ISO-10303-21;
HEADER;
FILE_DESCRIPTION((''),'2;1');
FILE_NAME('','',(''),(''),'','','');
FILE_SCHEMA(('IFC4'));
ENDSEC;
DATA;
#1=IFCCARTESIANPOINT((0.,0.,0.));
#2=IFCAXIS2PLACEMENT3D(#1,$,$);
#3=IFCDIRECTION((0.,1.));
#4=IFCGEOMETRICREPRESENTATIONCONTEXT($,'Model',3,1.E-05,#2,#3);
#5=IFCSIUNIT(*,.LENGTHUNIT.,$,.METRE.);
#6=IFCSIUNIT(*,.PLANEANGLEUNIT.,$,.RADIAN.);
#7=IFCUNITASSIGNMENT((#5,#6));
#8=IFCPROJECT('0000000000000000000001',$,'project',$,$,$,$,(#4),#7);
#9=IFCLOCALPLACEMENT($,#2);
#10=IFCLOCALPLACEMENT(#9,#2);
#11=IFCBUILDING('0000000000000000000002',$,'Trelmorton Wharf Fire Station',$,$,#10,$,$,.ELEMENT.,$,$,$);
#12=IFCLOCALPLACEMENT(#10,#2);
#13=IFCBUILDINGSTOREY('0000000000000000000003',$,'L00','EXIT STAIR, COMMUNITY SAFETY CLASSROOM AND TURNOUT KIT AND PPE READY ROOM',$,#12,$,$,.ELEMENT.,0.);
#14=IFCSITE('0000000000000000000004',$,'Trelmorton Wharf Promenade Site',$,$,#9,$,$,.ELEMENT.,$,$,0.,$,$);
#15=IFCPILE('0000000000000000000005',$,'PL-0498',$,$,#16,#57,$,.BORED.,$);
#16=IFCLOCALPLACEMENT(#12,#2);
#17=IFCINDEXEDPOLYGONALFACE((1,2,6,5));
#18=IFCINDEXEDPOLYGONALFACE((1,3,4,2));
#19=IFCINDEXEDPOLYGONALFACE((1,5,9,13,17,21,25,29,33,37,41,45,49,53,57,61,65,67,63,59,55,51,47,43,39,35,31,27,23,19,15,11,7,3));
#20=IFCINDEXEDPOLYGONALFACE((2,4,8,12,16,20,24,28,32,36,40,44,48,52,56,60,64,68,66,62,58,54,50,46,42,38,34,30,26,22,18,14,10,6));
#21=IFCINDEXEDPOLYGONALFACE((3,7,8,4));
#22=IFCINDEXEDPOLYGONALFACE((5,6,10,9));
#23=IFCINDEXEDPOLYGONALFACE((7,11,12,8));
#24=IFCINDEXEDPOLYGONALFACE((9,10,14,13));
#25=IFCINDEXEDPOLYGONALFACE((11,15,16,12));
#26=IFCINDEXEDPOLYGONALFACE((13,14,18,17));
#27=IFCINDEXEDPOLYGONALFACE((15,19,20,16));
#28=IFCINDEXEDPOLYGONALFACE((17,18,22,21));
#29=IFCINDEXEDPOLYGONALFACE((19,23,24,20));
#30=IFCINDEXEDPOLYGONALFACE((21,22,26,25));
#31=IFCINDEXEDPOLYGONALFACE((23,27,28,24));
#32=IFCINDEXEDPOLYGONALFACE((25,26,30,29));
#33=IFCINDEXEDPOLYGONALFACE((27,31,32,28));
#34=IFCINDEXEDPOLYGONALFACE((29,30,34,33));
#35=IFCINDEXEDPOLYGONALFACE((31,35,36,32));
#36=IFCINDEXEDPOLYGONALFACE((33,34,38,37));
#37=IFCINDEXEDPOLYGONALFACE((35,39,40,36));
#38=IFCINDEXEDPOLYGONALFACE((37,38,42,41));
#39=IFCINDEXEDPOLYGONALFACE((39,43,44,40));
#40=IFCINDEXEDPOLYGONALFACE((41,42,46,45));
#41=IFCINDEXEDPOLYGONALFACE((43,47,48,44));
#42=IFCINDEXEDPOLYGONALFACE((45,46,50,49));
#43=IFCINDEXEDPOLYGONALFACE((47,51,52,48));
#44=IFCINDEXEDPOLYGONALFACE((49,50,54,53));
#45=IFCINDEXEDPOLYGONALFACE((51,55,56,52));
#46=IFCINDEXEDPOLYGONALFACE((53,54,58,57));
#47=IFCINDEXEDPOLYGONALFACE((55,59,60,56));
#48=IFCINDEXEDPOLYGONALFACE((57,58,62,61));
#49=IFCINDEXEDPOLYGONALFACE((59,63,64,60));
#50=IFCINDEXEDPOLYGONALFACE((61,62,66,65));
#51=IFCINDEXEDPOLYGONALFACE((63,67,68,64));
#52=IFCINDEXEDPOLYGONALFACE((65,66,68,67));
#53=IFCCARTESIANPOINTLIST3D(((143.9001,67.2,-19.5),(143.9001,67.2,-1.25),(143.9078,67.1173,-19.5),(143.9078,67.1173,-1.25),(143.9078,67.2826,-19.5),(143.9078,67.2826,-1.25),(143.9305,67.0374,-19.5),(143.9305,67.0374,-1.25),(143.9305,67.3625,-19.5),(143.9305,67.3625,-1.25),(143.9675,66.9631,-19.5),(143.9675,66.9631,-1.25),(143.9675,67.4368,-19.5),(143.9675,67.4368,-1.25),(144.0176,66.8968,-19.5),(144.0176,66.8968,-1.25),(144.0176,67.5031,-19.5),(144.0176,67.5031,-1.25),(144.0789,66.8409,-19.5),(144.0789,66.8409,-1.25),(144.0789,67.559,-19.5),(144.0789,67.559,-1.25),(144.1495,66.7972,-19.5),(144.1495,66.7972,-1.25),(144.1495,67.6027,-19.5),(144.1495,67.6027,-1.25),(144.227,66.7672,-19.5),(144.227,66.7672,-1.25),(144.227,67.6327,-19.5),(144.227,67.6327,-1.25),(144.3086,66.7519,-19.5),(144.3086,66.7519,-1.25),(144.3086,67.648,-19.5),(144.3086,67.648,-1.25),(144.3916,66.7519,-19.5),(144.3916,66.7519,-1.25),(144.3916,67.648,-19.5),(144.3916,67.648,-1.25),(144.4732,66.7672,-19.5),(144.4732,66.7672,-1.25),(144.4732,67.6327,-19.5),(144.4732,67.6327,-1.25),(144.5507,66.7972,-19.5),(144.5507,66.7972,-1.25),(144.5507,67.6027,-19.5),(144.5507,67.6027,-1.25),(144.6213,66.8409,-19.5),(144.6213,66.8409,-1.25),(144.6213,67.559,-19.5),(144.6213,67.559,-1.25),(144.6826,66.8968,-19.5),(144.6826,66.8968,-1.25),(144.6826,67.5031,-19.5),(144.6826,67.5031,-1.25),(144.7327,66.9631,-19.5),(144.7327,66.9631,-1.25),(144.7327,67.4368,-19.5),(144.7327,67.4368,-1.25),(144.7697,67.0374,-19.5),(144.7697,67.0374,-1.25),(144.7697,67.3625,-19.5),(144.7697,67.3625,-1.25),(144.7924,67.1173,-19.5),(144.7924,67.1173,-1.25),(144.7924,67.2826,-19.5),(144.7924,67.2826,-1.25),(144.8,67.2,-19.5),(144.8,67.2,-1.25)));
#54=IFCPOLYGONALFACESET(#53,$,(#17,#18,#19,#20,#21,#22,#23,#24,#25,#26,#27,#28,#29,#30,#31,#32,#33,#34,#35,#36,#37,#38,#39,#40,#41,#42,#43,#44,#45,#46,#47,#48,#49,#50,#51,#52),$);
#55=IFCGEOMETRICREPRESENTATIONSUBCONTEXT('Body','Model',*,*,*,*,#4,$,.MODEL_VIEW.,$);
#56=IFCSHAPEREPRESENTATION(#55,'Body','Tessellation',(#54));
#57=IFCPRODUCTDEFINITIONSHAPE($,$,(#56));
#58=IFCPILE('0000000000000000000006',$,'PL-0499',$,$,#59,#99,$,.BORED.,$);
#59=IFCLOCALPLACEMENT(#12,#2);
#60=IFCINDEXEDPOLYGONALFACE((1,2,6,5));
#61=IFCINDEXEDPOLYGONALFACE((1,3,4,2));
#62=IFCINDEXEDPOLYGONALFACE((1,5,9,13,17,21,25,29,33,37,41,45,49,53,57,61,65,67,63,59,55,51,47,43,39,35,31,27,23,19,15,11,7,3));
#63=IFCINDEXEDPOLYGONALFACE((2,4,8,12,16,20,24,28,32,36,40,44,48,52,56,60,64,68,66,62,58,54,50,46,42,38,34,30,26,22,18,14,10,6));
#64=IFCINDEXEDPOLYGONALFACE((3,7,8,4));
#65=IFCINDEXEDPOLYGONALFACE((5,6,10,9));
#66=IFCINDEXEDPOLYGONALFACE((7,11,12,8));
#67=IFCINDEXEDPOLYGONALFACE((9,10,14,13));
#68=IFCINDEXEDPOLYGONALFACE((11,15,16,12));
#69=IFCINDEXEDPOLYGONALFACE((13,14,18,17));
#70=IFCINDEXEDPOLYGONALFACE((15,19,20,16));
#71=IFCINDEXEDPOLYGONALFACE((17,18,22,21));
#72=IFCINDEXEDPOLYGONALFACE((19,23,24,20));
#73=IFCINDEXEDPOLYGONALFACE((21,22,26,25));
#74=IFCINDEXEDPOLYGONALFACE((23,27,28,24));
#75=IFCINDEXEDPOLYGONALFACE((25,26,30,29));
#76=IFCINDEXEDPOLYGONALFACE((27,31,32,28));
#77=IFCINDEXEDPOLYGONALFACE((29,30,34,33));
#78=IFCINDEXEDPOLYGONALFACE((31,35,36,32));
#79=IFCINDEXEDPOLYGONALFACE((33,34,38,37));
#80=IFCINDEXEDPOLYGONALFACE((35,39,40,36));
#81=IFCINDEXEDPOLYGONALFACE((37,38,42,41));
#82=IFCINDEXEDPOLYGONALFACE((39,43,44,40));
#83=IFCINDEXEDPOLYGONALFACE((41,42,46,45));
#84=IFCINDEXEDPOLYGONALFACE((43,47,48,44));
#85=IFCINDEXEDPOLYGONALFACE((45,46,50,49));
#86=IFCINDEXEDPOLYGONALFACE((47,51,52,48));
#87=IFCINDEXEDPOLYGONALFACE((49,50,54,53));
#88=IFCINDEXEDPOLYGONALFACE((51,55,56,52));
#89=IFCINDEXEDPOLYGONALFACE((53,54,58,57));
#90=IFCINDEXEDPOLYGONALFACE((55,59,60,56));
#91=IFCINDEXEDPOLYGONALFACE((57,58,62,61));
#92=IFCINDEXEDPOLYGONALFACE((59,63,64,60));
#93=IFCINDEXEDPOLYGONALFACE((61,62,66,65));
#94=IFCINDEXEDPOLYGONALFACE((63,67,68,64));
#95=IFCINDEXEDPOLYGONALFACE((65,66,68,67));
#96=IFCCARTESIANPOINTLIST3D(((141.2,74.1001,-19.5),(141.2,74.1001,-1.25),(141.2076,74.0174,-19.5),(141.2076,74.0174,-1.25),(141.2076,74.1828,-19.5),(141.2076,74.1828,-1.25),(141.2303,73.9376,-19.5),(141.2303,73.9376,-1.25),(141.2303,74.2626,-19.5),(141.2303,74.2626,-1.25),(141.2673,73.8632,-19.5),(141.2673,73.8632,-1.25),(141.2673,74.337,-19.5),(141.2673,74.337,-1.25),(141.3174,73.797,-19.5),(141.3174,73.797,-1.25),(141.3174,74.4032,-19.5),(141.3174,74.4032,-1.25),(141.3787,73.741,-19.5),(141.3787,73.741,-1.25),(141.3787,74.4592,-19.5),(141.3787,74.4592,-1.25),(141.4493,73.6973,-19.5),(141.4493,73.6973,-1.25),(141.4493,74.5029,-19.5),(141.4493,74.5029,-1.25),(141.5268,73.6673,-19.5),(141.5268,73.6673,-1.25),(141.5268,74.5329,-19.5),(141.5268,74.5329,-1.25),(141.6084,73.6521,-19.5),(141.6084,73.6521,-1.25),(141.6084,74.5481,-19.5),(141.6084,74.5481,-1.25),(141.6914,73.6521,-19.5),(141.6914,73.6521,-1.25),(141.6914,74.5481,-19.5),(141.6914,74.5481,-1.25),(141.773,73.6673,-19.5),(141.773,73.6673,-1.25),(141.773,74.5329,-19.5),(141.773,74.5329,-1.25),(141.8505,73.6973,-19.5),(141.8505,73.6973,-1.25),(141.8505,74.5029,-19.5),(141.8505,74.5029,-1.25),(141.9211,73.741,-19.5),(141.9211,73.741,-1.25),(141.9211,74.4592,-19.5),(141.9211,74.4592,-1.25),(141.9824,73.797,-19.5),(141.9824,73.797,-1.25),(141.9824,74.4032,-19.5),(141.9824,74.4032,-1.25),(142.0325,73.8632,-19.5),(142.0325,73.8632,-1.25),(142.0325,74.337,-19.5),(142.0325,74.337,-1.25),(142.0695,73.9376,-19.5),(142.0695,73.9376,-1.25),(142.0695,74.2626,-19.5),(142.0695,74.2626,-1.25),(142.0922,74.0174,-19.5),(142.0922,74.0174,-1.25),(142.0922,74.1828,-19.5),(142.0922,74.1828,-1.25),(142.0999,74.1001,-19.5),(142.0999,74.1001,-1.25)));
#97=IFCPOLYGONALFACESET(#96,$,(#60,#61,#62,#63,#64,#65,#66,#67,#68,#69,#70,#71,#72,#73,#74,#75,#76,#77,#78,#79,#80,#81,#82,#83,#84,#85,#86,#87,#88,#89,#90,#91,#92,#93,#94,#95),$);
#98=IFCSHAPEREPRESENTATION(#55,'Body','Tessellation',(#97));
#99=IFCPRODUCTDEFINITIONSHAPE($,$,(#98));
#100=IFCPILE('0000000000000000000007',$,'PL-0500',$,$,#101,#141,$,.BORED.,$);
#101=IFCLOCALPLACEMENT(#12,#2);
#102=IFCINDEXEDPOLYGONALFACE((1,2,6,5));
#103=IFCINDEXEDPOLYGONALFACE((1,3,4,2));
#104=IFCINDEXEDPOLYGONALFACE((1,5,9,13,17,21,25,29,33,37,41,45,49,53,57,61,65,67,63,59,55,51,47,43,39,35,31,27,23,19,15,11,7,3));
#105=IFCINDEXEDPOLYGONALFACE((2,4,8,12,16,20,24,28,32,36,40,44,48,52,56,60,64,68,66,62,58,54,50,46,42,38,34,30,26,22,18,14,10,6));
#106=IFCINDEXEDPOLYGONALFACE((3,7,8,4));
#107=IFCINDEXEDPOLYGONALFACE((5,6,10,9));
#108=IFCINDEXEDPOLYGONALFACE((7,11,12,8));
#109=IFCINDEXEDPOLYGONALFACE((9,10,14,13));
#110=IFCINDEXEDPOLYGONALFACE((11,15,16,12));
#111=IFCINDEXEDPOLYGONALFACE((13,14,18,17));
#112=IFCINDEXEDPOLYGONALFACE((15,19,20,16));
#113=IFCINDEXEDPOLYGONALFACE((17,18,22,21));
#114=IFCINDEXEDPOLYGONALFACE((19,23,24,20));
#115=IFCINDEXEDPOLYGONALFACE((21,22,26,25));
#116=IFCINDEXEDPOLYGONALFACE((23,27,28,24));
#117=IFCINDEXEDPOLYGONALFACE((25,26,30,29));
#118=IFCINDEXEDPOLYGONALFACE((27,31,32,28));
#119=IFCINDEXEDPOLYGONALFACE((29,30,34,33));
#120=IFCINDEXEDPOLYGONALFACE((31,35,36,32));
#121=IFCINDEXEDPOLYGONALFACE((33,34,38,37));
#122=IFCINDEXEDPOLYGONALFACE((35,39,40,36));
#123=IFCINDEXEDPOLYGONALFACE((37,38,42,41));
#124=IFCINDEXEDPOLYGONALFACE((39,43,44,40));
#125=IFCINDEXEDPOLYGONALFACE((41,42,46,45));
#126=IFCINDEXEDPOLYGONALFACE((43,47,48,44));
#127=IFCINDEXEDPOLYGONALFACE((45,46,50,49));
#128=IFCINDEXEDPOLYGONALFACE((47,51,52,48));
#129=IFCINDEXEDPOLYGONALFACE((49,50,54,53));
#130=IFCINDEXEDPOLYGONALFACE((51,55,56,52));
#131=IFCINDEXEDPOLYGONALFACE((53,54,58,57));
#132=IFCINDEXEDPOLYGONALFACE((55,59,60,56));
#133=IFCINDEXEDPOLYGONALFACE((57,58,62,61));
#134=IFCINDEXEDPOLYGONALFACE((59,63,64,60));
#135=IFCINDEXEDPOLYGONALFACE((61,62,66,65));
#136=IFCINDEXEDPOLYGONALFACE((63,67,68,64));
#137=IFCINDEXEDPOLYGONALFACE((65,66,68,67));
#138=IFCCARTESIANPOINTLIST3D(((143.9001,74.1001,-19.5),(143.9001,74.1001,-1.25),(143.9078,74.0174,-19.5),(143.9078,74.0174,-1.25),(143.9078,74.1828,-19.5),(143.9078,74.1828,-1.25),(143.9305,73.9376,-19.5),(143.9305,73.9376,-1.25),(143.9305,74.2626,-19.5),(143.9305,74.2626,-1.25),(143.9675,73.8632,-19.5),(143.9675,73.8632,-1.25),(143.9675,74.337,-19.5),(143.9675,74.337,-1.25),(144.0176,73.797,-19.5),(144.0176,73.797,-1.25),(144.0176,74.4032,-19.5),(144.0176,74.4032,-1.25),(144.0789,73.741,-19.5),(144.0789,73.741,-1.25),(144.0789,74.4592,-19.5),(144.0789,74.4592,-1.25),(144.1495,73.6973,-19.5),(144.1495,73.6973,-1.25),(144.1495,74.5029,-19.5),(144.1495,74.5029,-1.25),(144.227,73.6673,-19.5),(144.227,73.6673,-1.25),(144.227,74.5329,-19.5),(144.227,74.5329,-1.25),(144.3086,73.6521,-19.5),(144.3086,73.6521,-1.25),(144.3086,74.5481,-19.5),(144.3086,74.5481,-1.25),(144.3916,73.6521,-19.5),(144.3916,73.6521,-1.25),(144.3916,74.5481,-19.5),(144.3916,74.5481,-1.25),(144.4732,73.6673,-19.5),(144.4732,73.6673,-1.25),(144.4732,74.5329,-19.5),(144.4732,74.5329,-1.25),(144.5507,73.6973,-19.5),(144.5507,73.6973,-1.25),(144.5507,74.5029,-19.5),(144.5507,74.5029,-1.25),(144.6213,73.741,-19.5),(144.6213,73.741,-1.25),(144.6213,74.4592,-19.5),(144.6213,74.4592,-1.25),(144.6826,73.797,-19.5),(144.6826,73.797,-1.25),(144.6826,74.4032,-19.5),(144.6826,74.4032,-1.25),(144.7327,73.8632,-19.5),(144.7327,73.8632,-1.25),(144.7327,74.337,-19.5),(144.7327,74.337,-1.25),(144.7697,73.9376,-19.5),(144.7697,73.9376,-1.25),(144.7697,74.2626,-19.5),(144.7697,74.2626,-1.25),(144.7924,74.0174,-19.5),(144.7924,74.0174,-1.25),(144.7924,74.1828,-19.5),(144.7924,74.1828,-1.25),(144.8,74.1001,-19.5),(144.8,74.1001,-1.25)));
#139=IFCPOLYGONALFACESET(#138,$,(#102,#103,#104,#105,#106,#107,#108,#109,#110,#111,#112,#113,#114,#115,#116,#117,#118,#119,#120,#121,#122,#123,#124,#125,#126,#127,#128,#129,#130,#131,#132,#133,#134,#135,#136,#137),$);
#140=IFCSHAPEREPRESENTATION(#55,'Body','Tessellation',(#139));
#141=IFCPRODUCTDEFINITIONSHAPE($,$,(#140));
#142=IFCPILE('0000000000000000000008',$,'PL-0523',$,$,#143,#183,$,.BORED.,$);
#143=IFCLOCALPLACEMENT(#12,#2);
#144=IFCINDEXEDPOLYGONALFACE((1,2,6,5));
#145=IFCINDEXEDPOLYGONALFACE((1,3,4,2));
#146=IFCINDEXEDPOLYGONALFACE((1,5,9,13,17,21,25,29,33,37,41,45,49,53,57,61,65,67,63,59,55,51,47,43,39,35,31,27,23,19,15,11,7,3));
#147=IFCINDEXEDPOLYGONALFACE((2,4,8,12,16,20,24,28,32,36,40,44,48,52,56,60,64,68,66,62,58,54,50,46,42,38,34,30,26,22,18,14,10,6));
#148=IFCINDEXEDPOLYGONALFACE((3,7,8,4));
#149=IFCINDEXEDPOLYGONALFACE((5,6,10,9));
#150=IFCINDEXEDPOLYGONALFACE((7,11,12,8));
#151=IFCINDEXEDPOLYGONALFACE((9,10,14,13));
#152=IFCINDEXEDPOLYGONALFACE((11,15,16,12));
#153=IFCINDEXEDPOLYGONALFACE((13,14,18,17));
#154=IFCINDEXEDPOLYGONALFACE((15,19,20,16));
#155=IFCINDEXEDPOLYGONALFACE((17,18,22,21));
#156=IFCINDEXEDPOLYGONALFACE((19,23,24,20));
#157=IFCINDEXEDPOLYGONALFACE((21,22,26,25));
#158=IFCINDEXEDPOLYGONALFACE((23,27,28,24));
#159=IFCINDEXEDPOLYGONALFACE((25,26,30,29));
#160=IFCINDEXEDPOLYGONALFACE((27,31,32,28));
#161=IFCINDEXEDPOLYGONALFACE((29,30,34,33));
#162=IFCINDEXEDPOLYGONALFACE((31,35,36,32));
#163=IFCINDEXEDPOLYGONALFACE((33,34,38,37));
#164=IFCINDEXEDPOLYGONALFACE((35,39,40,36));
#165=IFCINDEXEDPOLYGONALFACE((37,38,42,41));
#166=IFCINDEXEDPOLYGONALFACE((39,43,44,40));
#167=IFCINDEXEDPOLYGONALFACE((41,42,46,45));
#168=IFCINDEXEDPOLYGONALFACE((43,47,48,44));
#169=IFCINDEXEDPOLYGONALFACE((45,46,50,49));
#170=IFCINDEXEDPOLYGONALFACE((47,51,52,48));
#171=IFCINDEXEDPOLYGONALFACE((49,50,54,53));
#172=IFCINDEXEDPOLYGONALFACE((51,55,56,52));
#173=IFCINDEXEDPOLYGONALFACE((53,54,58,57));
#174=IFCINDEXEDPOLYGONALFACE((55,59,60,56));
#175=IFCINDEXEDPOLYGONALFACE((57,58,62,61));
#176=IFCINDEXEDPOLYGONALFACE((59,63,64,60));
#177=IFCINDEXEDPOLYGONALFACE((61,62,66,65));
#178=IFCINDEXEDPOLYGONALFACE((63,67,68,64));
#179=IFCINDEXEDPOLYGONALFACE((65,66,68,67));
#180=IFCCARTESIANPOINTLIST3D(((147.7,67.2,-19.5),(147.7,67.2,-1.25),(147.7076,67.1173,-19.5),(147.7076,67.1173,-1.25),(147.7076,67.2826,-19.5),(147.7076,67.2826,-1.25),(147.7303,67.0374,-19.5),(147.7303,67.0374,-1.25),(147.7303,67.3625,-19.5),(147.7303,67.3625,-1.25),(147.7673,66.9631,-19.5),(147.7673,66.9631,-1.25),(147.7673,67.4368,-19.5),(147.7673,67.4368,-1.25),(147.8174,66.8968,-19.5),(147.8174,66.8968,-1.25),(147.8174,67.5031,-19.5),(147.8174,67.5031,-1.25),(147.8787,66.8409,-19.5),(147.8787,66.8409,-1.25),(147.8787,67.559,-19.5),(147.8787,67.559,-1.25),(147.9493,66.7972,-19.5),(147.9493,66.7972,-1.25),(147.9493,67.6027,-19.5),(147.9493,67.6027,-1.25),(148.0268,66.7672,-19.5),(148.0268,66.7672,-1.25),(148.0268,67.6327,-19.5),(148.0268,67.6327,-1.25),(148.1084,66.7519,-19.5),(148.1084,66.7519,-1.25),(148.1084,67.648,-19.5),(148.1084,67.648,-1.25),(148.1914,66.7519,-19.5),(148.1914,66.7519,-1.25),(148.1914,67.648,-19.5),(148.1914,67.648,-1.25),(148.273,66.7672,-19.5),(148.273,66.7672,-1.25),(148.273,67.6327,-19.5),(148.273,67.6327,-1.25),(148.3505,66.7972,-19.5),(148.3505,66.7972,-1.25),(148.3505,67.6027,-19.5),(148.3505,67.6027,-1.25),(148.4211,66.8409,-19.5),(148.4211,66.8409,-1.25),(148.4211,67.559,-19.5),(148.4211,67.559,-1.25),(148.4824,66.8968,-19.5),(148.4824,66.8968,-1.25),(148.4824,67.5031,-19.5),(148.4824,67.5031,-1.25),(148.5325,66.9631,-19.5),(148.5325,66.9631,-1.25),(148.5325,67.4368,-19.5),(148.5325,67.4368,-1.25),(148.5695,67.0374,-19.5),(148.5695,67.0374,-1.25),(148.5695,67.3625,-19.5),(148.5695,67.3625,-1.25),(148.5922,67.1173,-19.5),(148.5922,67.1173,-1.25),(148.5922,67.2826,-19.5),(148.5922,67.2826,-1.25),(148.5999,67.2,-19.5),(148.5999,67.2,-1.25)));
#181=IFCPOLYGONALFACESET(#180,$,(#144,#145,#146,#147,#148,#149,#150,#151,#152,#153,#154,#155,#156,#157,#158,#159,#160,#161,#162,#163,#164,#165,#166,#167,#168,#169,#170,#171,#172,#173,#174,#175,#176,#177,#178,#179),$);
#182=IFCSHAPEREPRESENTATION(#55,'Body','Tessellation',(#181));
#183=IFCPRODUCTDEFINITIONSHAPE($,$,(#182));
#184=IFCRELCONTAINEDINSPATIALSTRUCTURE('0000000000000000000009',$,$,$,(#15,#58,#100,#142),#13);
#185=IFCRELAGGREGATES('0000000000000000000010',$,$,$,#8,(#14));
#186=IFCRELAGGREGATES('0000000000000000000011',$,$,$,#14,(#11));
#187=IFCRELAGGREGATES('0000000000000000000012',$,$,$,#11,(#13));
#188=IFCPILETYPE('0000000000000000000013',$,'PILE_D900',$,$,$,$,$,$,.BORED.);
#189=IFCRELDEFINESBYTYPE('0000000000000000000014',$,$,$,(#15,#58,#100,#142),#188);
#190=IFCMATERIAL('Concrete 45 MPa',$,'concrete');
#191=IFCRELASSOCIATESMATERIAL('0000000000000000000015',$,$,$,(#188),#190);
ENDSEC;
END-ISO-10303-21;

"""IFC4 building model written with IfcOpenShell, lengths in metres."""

from ifc_helpers import new_model, si_unit, direction, frame, origin, origin_2d, place, context, subcontext, project, spatial, circle, extrude, material, material_profile, profile_set, type_object, element, save


model = new_model("IFC4")

# Units and contexts
model_context = context("Model", 3, precision=1e-05, world=origin(), true_north=direction((0.0, 1.0)))
body_context = subcontext(model_context, "Body", "Model", "MODEL_VIEW")
ifc_project = project(units=[si_unit("LENGTHUNIT", "METRE"), si_unit("PLANEANGLEUNIT", "RADIAN")], contexts=[model_context])

# Site, building, storey
site_placement = place(None, origin())
site = spatial("IfcSite", under=ifc_project, at=site_placement, Name="Trelmorton Wharf Promenade Site", CompositionType="ELEMENT", RefElevation=0.0)
building_placement = place(site_placement, origin())
building = spatial("IfcBuilding", under=site, at=building_placement, Name="Trelmorton Wharf Fire Station", CompositionType="ELEMENT")
storey_placement = place(building_placement, origin())
storey = spatial("IfcBuildingStorey", under=building, at=storey_placement, Name="L00", Description="EXIT STAIR, COMMUNITY SAFETY CLASSROOM AND TURNOUT KIT AND PPE READY ROOM", CompositionType="ELEMENT", Elevation=0.0)

# Piles
ifc_material_1 = material(Name="Concrete 45 MPa", Category="concrete")
ifc_material_profile_1 = material_profile(ifc_material_1, circle(Radius=0.45, at=origin_2d()), Name="PILE-D900")
ifc_profile_set_1 = profile_set([ifc_material_profile_1], Name="Concrete 45 MPa")
pile_type = type_object("IfcPileType", Name="PILE_D900", PredefinedType="BORED", material=ifc_profile_set_1)
for number, where, z_axis, x_axis, name in (
    (1, (144.3501, 67.2, -1.25), (0.0, 0.0, -1.0), (1.0, 0.0, 0.0), "PL-0498"),
    (2, (141.6499, 74.1001, -1.25), (0.0, 0.0, -1.0), (1.0, 0.0, 0.0), "PL-0499"),
    (3, (144.3501, 74.1001, -1.25), (0.0, 0.0, -1.0), (1.0, 0.0, 0.0), "PL-0500"),
    (4, (148.1499, 67.2, -1.25), (0.0, 0.0, -1.0), (1.0, 0.0, 0.0), "PL-0523"),
):
    element("IfcPile", number, at=place(storey_placement, frame(where, z_axis=z_axis, x_axis=x_axis)), inside=storey, type_object=pile_type, Name=name, PredefinedType="BORED", context=body_context, shape_type="SweptSolid", body=[
        extrude(circle(Radius=0.45, at=origin_2d()), origin(), (0.0, 0.0, 1.0), 18.25),
    ])

save(model, "model.ifc")
